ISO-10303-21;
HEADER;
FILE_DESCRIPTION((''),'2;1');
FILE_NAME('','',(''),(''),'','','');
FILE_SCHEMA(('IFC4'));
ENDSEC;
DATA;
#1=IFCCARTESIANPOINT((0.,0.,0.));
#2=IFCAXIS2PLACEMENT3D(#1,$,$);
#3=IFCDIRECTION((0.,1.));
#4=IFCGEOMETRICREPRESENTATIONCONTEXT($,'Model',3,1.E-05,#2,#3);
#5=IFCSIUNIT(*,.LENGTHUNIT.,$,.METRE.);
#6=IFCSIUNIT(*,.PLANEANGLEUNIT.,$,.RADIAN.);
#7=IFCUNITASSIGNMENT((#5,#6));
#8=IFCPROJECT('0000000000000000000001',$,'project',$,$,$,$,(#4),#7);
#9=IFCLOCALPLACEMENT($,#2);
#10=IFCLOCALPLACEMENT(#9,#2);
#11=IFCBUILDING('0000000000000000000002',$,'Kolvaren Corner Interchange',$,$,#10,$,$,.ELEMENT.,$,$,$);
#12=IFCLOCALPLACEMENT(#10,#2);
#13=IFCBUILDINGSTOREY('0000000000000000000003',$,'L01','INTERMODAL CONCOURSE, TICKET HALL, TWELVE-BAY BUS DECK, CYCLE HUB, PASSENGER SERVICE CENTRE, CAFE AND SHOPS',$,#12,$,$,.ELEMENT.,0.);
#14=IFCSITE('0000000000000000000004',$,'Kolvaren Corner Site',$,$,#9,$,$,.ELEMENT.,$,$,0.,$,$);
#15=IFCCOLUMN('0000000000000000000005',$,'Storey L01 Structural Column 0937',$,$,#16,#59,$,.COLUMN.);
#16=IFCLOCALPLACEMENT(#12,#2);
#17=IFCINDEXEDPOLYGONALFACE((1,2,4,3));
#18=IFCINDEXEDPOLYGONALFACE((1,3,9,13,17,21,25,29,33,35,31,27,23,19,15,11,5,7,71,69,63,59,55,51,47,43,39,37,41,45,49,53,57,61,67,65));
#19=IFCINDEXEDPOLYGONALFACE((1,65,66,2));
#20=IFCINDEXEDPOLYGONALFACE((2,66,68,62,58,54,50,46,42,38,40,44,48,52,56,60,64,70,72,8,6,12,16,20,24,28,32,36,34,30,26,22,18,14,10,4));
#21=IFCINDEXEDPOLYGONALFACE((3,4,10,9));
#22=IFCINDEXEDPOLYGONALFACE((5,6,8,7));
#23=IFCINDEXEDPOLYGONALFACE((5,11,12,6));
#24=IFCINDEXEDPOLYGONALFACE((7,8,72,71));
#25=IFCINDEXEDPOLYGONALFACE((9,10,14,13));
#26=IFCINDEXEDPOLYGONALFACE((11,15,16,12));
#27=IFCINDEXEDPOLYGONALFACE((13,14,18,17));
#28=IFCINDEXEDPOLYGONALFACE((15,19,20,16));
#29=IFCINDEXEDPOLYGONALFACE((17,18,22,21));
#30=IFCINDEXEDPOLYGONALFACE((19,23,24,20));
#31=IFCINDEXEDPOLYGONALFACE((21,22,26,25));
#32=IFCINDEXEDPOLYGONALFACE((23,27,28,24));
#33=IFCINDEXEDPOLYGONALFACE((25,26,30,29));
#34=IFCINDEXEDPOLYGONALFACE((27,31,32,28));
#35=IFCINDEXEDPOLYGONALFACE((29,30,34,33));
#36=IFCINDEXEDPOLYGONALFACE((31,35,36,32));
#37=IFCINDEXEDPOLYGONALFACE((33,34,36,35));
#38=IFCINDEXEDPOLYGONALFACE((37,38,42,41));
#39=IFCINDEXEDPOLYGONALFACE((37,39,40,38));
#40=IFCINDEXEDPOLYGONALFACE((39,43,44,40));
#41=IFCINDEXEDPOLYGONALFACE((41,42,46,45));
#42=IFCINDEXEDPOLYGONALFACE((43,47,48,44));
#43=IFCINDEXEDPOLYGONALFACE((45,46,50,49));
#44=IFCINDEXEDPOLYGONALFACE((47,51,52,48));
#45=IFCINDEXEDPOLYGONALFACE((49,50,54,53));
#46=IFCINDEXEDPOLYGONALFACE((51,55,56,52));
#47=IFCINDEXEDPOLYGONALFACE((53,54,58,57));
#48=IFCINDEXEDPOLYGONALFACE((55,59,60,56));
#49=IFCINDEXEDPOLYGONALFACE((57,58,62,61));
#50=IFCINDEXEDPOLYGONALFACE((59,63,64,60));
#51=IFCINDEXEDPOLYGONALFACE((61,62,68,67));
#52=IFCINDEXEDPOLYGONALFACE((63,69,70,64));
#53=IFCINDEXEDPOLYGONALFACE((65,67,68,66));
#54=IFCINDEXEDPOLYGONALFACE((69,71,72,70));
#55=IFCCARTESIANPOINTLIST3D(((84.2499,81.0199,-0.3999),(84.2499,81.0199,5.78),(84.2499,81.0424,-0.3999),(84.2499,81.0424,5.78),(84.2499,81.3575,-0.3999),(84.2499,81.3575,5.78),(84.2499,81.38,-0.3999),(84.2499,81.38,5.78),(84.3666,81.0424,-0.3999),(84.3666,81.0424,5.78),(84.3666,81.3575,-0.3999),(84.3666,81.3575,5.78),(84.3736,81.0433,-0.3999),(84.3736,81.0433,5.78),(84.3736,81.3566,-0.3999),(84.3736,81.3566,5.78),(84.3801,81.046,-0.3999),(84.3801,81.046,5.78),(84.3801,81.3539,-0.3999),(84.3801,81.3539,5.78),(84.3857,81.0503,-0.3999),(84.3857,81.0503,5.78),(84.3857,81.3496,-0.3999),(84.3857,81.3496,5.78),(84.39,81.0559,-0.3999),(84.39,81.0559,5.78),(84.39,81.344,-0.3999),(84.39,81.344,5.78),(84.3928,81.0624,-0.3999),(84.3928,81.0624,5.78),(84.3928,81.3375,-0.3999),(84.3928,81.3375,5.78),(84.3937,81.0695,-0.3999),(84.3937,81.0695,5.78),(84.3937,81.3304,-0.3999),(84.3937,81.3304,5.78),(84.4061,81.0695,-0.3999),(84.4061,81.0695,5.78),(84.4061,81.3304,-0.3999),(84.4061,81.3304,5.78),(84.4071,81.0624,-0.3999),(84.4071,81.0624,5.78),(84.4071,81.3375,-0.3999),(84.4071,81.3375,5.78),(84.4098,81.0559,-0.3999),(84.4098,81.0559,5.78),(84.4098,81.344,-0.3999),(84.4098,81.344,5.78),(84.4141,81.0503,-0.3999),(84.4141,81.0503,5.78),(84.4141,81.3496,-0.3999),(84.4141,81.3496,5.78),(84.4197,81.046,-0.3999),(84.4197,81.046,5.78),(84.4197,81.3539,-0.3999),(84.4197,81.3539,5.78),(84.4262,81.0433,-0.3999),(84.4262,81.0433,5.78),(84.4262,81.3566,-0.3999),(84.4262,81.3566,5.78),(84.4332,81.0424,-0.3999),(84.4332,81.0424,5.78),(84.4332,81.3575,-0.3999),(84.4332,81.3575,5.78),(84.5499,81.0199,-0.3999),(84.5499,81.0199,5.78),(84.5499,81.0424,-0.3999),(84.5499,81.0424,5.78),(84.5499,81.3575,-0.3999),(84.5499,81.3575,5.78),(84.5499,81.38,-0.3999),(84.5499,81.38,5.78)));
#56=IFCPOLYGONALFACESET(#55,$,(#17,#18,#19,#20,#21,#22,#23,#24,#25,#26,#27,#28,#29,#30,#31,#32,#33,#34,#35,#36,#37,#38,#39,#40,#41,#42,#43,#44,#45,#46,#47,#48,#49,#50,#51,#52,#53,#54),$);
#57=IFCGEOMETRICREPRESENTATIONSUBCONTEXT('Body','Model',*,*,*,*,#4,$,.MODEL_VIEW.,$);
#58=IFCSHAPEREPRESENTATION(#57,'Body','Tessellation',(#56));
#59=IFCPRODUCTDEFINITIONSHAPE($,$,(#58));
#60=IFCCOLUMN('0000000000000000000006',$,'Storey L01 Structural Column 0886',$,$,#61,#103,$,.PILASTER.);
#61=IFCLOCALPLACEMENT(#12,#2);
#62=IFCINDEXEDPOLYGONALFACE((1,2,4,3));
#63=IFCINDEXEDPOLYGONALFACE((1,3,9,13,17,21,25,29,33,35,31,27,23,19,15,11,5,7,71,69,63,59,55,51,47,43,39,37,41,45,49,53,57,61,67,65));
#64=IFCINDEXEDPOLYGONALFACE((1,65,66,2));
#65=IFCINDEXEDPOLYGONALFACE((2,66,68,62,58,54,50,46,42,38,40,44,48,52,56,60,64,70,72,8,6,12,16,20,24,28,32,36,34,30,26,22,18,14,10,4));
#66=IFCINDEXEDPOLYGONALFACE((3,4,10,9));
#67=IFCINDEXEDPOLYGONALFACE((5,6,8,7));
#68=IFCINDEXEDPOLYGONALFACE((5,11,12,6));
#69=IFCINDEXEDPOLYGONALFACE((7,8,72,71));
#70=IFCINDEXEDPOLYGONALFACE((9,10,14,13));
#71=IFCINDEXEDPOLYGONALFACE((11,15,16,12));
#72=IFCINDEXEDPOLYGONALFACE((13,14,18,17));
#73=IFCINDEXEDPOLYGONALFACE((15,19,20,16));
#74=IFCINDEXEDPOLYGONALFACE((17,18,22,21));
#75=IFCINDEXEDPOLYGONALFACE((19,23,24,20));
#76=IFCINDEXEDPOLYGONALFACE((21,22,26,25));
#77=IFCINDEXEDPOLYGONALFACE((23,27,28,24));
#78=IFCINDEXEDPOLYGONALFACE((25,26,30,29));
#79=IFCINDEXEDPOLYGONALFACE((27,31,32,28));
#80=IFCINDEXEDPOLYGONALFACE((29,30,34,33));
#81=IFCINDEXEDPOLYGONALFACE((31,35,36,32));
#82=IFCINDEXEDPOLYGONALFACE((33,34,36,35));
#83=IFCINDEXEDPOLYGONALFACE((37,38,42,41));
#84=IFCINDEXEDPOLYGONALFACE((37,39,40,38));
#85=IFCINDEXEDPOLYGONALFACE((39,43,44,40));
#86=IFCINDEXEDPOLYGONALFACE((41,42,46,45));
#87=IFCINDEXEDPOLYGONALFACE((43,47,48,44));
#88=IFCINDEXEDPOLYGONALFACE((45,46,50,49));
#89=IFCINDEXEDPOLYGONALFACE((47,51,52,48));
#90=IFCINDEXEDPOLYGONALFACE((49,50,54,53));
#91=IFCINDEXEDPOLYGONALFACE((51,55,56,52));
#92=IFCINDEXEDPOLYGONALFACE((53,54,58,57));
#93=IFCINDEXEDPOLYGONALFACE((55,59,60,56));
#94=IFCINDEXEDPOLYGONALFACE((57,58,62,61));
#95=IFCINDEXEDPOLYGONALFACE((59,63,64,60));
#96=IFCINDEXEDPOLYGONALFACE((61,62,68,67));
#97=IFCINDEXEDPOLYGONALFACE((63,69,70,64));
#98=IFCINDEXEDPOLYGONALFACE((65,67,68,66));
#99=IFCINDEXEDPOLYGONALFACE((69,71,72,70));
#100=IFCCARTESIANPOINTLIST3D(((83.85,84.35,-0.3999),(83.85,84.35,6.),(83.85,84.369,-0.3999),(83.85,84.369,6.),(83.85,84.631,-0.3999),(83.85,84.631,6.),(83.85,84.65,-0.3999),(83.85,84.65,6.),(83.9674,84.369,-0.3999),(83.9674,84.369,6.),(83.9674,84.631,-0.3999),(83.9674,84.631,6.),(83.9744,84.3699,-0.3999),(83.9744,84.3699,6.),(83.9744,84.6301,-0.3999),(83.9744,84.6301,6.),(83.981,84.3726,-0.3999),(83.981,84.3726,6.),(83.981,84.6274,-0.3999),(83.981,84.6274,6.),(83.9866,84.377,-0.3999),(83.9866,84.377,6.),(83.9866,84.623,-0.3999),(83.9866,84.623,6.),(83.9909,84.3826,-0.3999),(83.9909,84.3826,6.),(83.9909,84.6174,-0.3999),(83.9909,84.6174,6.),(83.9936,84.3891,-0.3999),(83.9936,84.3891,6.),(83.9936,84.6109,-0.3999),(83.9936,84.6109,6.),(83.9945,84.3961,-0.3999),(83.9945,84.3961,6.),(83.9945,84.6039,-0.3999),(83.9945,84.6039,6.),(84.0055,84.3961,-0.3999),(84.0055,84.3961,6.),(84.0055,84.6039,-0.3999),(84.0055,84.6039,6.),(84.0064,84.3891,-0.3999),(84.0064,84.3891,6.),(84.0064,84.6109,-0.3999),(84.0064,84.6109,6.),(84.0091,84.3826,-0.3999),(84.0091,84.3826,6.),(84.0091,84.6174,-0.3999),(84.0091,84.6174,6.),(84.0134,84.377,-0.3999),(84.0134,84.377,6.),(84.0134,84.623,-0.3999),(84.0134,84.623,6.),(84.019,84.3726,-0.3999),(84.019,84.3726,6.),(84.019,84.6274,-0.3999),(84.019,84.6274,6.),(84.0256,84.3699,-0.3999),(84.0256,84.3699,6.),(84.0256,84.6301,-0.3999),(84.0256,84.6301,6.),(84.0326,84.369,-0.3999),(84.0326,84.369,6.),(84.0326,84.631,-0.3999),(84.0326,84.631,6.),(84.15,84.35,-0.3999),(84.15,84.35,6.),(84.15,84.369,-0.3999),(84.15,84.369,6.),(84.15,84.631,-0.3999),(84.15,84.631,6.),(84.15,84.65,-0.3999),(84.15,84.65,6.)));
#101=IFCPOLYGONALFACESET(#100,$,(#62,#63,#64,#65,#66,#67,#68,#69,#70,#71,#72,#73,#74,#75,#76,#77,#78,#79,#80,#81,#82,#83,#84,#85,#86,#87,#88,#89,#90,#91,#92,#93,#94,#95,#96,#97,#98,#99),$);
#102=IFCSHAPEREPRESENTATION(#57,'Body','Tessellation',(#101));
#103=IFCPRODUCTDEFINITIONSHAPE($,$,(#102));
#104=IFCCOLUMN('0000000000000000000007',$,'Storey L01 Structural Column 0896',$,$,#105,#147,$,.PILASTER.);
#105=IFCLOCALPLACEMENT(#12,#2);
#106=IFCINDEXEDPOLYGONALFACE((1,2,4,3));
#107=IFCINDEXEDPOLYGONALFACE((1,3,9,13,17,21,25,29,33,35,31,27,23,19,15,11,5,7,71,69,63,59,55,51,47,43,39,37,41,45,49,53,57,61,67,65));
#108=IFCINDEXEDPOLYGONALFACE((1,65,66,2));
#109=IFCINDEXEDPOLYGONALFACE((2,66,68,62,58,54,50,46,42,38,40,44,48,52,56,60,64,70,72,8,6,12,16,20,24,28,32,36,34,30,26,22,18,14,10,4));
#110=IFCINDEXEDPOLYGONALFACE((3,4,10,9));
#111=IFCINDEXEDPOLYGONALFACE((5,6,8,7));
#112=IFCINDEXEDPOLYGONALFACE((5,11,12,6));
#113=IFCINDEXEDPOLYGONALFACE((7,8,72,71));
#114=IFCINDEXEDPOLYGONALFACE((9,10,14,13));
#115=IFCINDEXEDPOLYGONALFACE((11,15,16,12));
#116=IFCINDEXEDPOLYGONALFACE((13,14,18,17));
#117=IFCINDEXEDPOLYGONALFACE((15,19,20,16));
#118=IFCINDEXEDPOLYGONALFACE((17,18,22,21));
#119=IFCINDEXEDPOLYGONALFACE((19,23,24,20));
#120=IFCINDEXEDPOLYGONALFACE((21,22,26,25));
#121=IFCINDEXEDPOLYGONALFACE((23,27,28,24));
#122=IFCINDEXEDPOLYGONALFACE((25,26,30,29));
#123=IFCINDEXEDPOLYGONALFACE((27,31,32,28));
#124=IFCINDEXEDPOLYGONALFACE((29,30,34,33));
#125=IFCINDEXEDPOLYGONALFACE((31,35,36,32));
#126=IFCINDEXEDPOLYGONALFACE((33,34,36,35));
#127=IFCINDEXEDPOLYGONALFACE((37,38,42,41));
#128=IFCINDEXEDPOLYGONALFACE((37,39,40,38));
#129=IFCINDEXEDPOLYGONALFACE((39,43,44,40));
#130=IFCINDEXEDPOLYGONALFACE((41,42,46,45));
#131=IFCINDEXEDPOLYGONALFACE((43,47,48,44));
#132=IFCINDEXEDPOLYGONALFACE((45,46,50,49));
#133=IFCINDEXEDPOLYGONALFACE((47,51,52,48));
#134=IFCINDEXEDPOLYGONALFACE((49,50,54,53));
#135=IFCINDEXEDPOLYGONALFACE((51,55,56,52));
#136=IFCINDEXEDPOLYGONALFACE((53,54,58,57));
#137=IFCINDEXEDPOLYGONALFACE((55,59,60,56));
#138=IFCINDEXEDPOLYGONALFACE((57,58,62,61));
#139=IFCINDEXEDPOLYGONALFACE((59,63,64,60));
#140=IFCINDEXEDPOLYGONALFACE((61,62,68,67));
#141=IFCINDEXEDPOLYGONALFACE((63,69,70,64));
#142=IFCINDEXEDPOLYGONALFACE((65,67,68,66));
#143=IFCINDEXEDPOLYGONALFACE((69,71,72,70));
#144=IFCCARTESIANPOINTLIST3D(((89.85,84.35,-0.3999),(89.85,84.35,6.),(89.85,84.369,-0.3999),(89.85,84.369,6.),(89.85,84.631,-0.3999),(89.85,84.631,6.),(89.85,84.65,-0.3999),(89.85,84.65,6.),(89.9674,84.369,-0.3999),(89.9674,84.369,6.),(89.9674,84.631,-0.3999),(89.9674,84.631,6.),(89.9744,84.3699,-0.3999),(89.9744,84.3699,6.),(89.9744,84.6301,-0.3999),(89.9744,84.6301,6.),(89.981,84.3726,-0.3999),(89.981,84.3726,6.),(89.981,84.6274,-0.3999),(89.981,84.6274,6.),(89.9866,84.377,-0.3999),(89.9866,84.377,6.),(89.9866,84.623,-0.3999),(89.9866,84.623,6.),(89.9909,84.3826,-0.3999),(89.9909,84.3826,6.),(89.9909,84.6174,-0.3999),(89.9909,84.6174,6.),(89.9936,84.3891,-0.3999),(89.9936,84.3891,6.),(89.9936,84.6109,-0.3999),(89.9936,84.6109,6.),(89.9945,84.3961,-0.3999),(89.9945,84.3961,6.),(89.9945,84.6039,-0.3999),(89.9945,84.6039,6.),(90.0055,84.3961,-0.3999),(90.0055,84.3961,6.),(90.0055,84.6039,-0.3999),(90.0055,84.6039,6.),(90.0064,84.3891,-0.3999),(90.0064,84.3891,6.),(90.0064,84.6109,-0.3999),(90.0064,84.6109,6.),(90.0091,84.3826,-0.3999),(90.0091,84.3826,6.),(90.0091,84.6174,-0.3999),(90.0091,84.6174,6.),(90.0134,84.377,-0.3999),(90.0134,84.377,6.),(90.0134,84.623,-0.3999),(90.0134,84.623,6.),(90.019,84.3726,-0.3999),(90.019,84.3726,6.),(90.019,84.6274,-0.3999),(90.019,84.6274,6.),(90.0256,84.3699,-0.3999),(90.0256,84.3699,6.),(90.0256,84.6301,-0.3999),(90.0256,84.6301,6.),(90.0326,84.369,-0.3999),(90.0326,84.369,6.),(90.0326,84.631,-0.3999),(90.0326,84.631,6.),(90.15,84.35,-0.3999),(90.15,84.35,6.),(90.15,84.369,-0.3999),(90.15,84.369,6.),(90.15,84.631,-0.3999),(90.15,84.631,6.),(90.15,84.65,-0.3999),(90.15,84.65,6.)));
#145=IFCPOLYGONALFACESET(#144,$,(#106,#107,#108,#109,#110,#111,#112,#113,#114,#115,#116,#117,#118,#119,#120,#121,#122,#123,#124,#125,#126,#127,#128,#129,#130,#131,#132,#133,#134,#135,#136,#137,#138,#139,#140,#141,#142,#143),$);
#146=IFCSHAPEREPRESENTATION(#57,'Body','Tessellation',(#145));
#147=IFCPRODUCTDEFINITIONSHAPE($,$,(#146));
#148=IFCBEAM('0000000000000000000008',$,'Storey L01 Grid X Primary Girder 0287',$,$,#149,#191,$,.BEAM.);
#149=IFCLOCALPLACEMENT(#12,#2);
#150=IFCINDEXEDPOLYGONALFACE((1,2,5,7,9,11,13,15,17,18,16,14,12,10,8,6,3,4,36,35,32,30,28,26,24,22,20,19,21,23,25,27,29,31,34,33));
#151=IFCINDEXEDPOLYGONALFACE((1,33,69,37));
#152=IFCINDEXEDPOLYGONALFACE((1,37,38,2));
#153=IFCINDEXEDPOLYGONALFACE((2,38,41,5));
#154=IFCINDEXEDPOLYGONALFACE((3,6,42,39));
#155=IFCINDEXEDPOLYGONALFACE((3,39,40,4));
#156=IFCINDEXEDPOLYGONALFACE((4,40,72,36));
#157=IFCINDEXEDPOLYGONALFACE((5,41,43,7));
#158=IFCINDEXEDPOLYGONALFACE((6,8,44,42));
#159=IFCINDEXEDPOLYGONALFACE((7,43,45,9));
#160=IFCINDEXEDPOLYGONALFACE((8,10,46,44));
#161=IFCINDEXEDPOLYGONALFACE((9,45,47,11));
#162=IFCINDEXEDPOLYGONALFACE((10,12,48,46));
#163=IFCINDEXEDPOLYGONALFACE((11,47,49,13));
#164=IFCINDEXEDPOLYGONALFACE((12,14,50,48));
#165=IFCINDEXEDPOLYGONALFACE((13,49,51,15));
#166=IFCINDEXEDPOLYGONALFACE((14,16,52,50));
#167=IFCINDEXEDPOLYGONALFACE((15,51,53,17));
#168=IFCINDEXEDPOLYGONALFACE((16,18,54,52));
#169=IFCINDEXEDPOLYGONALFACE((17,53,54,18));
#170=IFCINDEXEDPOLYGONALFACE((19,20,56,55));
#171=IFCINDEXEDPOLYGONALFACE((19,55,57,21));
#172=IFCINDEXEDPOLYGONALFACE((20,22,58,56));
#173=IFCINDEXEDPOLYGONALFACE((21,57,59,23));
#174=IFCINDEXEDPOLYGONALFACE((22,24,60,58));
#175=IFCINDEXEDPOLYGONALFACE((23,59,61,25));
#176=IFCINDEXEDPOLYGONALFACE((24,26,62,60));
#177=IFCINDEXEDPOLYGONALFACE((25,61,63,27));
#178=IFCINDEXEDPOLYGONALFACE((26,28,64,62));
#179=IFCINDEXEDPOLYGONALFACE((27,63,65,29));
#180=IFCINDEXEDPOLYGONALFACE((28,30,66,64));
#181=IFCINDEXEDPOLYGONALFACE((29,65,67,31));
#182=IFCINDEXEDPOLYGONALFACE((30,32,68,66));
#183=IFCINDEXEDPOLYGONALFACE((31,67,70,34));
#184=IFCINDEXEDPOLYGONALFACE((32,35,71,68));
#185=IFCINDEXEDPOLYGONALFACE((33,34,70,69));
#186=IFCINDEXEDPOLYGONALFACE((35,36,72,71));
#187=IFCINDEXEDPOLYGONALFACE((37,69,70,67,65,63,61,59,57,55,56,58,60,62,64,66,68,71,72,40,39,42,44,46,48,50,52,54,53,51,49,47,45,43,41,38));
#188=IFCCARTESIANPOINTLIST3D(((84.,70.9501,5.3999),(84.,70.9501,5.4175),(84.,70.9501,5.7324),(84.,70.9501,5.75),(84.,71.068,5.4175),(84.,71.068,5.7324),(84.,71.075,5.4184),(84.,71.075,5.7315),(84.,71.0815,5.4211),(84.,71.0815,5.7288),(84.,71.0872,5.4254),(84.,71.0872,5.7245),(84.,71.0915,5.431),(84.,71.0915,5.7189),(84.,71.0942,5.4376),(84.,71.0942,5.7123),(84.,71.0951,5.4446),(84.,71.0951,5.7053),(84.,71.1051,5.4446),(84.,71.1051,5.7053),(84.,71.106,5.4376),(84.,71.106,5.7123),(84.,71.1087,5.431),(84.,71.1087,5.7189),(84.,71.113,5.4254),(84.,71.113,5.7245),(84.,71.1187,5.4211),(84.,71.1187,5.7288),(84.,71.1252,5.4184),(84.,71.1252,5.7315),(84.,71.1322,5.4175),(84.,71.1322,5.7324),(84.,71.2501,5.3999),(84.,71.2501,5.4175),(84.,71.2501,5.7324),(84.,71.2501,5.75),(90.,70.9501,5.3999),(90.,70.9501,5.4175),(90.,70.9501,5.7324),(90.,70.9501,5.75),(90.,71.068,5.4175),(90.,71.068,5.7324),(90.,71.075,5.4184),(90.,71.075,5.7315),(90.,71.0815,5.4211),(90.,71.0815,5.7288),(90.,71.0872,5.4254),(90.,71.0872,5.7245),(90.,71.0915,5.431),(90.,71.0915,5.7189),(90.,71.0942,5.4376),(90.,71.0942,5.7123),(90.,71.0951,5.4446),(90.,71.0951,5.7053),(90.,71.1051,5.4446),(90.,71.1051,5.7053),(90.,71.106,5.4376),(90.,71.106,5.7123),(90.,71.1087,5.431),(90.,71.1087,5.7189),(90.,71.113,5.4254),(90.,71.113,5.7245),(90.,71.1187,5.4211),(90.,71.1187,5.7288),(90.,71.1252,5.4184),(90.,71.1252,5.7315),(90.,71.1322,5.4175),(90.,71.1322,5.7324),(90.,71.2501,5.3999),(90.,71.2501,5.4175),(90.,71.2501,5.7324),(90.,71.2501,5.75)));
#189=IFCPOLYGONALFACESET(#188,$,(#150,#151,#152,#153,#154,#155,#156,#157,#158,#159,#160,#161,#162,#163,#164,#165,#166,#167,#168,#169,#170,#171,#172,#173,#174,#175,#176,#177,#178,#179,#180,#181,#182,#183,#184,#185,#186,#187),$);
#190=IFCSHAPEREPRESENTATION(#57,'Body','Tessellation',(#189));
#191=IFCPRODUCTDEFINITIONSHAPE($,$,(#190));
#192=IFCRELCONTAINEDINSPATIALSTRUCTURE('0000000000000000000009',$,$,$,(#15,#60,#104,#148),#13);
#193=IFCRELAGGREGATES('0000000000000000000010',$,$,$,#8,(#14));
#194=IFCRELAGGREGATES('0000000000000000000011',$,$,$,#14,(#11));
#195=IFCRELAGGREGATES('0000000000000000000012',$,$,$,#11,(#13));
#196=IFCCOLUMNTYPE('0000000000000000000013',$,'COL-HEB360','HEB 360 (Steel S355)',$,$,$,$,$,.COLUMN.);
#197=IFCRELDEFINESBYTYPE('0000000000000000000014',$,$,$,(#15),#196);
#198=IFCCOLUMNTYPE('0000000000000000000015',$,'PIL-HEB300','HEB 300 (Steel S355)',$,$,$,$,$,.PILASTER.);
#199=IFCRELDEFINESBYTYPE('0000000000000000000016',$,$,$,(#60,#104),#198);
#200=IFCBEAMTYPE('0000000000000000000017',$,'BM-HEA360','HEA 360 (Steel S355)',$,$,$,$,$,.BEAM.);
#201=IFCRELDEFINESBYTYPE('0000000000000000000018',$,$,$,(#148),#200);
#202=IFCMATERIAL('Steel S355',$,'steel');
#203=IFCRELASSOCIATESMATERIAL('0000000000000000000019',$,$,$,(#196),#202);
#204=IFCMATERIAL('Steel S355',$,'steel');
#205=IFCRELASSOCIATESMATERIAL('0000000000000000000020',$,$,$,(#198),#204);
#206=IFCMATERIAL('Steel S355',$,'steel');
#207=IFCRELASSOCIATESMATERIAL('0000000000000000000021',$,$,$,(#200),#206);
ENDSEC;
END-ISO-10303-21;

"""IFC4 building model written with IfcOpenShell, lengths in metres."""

from ifc_helpers import new_model, si_unit, direction, frame, origin, origin_2d, place, context, subcontext, project, spatial, i_section, extrude, material, material_profile, profile_set, type_object, element, save


model = new_model("IFC4")

# Units and contexts
model_context = context("Model", 3, precision=1e-05, world=origin(), true_north=direction((0.0, 1.0)))
body_context = subcontext(model_context, "Body", "Model", "MODEL_VIEW")
ifc_project = project(units=[si_unit("LENGTHUNIT", "METRE"), si_unit("PLANEANGLEUNIT", "RADIAN")], contexts=[model_context])

# Site, building, storey
site_placement = place(None, origin())
site = spatial("IfcSite", under=ifc_project, at=site_placement, Name="Kolvaren Corner Site", CompositionType="ELEMENT", RefElevation=0.0)
building_placement = place(site_placement, origin())
building = spatial("IfcBuilding", under=site, at=building_placement, Name="Kolvaren Corner Interchange", CompositionType="ELEMENT")
storey_placement = place(building_placement, origin())
storey = spatial("IfcBuildingStorey", under=building, at=storey_placement, Name="L01", Description="INTERMODAL CONCOURSE, TICKET HALL, TWELVE-BAY BUS DECK, CYCLE HUB, PASSENGER SERVICE CENTRE, CAFE AND SHOPS", CompositionType="ELEMENT", Elevation=0.0)

# Columns
ifc_material_1 = material(Name="Steel S355", Category="steel")
ifc_material_profile_1 = material_profile(ifc_material_1, i_section(OverallWidth=0.3, OverallDepth=0.3601, WebThickness=0.0125, FlangeThickness=0.0225, FilletRadius=0.0271, at=origin_2d()), Name="HEB 360")
ifc_profile_set_1 = profile_set([ifc_material_profile_1], Name="Steel S355")
column_type_1 = type_object("IfcColumnType", Name="COL-HEB360", Description="HEB 360 (Steel S355)", PredefinedType="COLUMN", material=ifc_profile_set_1)
for number, where, z_axis, x_axis, name in (
    (1, (84.3999, 81.2, -0.3999), (0.0, 0.0, 1.0), (1.0, 0.0, 0.0), "Storey L01 Structural Column 0937"),
):
    element("IfcColumn", number, at=place(storey_placement, frame(where, z_axis=z_axis, x_axis=x_axis)), inside=storey, type_object=column_type_1, Name=name, PredefinedType="COLUMN", context=body_context, shape_type="SweptSolid", body=[
        extrude(i_section(OverallWidth=0.3, OverallDepth=0.3601, WebThickness=0.0125, FlangeThickness=0.0225, FilletRadius=0.0271, at=origin_2d()), origin(), (0.0, 0.0, 1.0), 6.1799),
    ])
ifc_material_2 = material(Name="Steel S355", Category="steel")
ifc_material_profile_2 = material_profile(ifc_material_2, i_section(OverallWidth=0.3, OverallDepth=0.3, WebThickness=0.011, FlangeThickness=0.019, FilletRadius=0.0271, at=origin_2d()), Name="HEB 300")
ifc_profile_set_2 = profile_set([ifc_material_profile_2], Name="Steel S355")
column_type_2 = type_object("IfcColumnType", Name="PIL-HEB300", Description="HEB 300 (Steel S355)", PredefinedType="PILASTER", material=ifc_profile_set_2)
for number, where, z_axis, x_axis, name in (
    (2, (84.0, 84.5, -0.3999), (0.0, 0.0, 1.0), (1.0, 0.0, 0.0), "Storey L01 Structural Column 0886"),
    (3, (90.0, 84.5, -0.3999), (0.0, 0.0, 1.0), (1.0, 0.0, 0.0), "Storey L01 Structural Column 0896"),
):
    element("IfcColumn", number, at=place(storey_placement, frame(where, z_axis=z_axis, x_axis=x_axis)), inside=storey, type_object=column_type_2, Name=name, PredefinedType="PILASTER", context=body_context, shape_type="SweptSolid", body=[
        extrude(i_section(OverallWidth=0.3, OverallDepth=0.3, WebThickness=0.011, FlangeThickness=0.019, FilletRadius=0.0271, at=origin_2d()), origin(), (0.0, 0.0, 1.0), 6.3999),
    ])

# Beam
ifc_material_3 = material(Name="Steel S355", Category="steel")
ifc_material_profile_3 = material_profile(ifc_material_3, i_section(OverallWidth=0.3, OverallDepth=0.3501, WebThickness=0.01, FlangeThickness=0.0176, FilletRadius=0.0271, at=origin_2d()), Name="HEA 360")
ifc_profile_set_3 = profile_set([ifc_material_profile_3], Name="Steel S355")
beam_type_1 = type_object("IfcBeamType", Name="BM-HEA360", Description="HEA 360 (Steel S355)", PredefinedType="BEAM", material=ifc_profile_set_3)
for number, where, z_axis, x_axis, name in (
    (4, (84.0, 71.1001, 5.575), (1.0, 0.0, 0.0), (0.0, 1.0, 0.0), "Storey L01 Grid X Primary Girder 0287"),
):
    element("IfcBeam", number, at=place(storey_placement, frame(where, z_axis=z_axis, x_axis=x_axis)), inside=storey, type_object=beam_type_1, Name=name, PredefinedType="BEAM", context=body_context, shape_type="SweptSolid", body=[
        extrude(i_section(OverallWidth=0.3, OverallDepth=0.3501, WebThickness=0.01, FlangeThickness=0.0176, FilletRadius=0.0271, at=origin_2d()), origin(), (0.0, 0.0, 1.0), 6.0),
    ])

save(model, "model.ifc")
